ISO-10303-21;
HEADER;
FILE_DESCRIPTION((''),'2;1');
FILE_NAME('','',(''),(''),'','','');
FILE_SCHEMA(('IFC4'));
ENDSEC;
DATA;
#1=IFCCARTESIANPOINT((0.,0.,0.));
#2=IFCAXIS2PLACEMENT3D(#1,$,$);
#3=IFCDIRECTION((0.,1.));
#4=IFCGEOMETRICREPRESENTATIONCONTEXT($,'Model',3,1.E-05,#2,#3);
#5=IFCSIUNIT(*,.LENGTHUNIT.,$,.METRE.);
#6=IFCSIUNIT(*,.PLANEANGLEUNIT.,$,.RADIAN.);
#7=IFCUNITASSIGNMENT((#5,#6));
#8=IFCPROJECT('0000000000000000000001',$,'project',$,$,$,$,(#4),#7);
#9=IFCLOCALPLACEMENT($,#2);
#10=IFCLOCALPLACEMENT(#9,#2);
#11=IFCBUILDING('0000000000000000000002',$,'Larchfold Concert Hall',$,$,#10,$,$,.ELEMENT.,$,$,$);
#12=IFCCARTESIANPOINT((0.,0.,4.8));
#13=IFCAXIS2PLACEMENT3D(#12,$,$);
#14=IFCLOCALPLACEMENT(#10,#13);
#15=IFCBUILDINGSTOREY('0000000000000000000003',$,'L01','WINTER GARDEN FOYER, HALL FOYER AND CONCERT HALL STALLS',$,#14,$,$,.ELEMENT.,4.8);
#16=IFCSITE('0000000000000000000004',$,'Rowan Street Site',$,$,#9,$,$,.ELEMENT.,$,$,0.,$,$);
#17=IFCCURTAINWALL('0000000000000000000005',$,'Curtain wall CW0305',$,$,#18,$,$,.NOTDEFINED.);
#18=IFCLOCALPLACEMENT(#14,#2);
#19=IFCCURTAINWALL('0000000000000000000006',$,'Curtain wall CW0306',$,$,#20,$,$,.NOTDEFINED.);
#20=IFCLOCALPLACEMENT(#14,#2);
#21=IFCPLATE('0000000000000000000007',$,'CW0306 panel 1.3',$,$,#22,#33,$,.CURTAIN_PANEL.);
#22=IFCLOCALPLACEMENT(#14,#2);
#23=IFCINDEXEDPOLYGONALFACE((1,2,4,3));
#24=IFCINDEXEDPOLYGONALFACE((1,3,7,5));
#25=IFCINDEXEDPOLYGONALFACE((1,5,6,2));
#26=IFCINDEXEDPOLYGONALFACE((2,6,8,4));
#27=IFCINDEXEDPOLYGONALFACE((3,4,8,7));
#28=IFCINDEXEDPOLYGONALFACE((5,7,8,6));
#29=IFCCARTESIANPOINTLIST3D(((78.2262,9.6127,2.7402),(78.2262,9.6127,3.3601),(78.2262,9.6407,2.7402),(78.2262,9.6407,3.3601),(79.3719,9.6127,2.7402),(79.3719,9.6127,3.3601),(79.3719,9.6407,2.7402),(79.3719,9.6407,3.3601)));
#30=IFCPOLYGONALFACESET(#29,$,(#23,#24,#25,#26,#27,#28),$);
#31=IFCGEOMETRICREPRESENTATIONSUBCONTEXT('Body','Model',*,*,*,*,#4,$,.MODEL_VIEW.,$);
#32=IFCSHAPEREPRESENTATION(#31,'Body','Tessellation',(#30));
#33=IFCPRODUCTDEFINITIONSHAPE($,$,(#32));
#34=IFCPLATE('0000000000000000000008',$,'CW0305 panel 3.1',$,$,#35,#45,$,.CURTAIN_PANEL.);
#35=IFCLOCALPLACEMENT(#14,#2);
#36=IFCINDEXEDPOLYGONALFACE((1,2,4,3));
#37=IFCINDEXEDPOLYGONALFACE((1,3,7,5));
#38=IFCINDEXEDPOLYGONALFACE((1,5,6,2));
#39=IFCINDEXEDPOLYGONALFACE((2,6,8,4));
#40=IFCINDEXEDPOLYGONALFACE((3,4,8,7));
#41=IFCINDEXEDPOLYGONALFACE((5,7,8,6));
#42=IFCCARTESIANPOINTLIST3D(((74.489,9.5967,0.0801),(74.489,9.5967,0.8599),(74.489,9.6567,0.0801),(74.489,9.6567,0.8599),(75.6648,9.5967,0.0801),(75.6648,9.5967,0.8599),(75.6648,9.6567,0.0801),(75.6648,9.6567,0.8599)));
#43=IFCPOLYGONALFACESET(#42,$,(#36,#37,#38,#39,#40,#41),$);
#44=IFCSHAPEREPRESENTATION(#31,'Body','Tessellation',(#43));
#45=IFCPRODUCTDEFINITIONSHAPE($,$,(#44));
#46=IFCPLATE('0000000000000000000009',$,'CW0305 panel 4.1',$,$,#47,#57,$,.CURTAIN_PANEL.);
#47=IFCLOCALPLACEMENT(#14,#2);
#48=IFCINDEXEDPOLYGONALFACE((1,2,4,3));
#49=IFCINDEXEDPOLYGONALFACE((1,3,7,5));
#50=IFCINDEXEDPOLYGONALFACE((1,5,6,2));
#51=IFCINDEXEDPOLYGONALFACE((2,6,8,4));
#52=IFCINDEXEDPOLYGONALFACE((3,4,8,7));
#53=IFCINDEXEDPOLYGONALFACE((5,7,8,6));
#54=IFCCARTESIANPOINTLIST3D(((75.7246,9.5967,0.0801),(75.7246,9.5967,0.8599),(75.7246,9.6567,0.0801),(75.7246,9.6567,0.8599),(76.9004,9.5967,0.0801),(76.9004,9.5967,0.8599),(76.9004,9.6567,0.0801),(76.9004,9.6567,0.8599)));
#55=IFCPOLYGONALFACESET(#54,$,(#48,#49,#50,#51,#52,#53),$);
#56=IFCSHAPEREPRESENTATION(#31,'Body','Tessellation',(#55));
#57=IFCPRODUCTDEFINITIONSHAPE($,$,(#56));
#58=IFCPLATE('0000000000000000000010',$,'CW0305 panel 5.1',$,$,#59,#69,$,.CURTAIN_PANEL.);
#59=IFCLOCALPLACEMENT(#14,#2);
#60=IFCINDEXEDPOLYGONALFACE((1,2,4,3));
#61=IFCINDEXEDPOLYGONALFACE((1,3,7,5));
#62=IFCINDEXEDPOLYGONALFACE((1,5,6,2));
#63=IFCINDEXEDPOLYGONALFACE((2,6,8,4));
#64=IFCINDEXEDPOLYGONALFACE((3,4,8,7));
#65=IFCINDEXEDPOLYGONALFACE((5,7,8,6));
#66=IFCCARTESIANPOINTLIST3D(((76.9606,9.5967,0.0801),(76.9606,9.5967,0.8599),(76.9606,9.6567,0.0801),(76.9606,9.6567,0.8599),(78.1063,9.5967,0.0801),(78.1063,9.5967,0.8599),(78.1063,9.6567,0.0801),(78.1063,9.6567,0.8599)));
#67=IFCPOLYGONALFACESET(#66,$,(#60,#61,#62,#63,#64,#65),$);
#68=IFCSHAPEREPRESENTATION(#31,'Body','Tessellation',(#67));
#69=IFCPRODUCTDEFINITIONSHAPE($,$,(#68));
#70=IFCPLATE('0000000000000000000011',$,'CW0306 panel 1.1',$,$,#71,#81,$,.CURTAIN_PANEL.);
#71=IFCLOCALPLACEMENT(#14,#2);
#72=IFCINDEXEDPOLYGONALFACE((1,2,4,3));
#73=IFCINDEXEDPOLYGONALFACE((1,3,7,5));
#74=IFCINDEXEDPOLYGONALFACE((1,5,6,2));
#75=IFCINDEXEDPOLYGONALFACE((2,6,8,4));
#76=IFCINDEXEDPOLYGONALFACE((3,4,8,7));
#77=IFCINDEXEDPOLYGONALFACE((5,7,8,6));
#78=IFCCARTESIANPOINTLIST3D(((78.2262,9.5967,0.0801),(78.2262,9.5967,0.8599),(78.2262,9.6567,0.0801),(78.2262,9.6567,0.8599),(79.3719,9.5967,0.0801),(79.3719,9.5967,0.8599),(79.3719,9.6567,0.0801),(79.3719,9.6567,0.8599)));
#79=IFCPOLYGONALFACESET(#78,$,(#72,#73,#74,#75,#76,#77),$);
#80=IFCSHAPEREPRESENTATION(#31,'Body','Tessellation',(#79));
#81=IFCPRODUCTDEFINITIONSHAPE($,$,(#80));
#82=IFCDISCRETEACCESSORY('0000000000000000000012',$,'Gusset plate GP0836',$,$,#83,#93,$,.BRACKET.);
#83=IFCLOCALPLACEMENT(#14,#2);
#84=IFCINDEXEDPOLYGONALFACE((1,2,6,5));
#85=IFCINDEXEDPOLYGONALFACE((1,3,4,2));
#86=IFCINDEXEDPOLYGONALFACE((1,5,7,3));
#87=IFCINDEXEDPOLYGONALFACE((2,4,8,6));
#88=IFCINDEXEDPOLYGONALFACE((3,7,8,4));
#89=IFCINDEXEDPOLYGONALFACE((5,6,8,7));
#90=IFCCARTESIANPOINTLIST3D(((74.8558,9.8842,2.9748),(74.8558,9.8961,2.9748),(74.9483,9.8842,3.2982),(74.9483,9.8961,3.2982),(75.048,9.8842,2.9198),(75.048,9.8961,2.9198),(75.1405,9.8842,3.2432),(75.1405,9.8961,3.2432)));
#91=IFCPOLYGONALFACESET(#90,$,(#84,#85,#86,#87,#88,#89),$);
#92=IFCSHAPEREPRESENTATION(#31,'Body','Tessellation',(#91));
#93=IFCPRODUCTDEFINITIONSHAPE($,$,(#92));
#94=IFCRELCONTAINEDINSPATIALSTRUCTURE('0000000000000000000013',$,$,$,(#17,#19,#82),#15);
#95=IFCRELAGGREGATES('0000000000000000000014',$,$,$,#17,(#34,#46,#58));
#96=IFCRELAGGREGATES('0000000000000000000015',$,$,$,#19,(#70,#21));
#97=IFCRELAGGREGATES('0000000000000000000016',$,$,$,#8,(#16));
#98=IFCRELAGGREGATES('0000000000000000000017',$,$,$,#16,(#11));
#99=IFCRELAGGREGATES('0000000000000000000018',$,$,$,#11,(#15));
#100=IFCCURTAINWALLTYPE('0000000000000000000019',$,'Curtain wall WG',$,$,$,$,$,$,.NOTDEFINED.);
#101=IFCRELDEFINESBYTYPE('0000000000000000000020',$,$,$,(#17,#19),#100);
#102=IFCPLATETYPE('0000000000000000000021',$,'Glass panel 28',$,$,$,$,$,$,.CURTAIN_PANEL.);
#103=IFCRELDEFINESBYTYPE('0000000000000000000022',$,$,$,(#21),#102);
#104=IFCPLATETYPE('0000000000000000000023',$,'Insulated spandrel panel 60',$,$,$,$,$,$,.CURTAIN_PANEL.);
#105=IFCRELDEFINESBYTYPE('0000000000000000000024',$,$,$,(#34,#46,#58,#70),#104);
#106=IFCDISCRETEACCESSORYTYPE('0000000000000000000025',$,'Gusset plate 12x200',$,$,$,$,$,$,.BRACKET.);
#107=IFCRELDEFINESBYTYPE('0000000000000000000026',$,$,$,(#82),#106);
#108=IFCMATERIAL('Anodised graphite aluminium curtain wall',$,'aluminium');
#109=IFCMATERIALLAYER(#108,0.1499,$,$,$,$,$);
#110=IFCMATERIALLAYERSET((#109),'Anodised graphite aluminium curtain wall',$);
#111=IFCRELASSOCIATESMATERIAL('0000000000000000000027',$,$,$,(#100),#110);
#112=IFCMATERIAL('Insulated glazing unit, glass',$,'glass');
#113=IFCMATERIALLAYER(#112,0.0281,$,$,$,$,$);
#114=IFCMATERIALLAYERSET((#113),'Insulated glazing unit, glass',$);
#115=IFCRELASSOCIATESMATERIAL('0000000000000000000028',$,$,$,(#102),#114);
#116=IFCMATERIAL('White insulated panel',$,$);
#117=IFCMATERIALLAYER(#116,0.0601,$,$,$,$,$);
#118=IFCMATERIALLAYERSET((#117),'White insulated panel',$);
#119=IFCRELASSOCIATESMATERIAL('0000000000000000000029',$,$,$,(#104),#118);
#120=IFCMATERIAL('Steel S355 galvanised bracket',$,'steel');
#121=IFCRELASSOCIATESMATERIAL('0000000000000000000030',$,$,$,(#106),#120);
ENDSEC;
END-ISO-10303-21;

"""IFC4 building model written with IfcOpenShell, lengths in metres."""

from ifc_helpers import new_model, si_unit, direction, frame, origin, origin_2d, place, context, subcontext, project, spatial, rectangle, extrude, material, layer, layer_set, material_profile, profile_set, type_object, element, aggregate, save


model = new_model("IFC4")

# Units and contexts
model_context = context("Model", 3, precision=1e-05, world=origin(), true_north=direction((0.0, 1.0)))
body_context = subcontext(model_context, "Body", "Model", "MODEL_VIEW")
ifc_project = project(units=[si_unit("LENGTHUNIT", "METRE"), si_unit("PLANEANGLEUNIT", "RADIAN")], contexts=[model_context])

# Site, building, storey
site_placement = place(None, origin())
site = spatial("IfcSite", under=ifc_project, at=site_placement, Name="Rowan Street Site", CompositionType="ELEMENT", RefElevation=0.0)
building_placement = place(site_placement, origin())
building = spatial("IfcBuilding", under=site, at=building_placement, Name="Larchfold Concert Hall", CompositionType="ELEMENT")
storey_placement = place(building_placement, frame((0.0, 0.0, 4.8)))
storey = spatial("IfcBuildingStorey", under=building, at=storey_placement, Name="L01", Description="WINTER GARDEN FOYER, HALL FOYER AND CONCERT HALL STALLS", CompositionType="ELEMENT", Elevation=4.8)

# Curtain wall
ifc_material_1 = material(Name="Anodised graphite aluminium curtain wall", Category="aluminium")
ifc_layer_1 = layer(ifc_material_1, 0.1499)
ifc_layer_set_1 = layer_set([ifc_layer_1], Name="Anodised graphite aluminium curtain wall")
curtain_wall_type = type_object("IfcCurtainWallType", Name="Curtain wall WG", PredefinedType="NOTDEFINED", material=ifc_layer_set_1)
curtain_wall_1_placement = place(storey_placement, origin())
curtain_wall_1 = element("IfcCurtainWall", 1, at=curtain_wall_1_placement, inside=storey, type_object=curtain_wall_type, Name="Curtain wall CW0305", PredefinedType="NOTDEFINED")

# Curtain wall
curtain_wall_2_placement = place(storey_placement, origin())
curtain_wall_2 = element("IfcCurtainWall", 2, at=curtain_wall_2_placement, inside=storey, type_object=curtain_wall_type, Name="Curtain wall CW0306", PredefinedType="NOTDEFINED")

# Plates
ifc_material_2 = material(Name="Insulated glazing unit, glass", Category="glass")
ifc_layer_2 = layer(ifc_material_2, 0.0281)
ifc_layer_set_2 = layer_set([ifc_layer_2], Name="Insulated glazing unit, glass")
plate_type_1 = type_object("IfcPlateType", Name="Glass panel 28", PredefinedType="CURTAIN_PANEL", material=ifc_layer_set_2)
plate_1_placement = place(storey_placement, frame((78.7991, 9.6267, 2.7402), z_axis=(0.0, 0.0, 1.0), x_axis=(1.0, 0.0, 0.0)))
plate_1 = element("IfcPlate", 3, at=plate_1_placement, type_object=plate_type_1, Name="CW0306 panel 1.3", PredefinedType="CURTAIN_PANEL", context=body_context, shape_type="SweptSolid", body=[
    extrude(rectangle(XDim=1.1458, YDim=0.0281, at=origin_2d()), origin(), (0.0, 0.0, 1.0), 0.6199),
])
ifc_material_3 = material(Name="White insulated panel")
ifc_layer_3 = layer(ifc_material_3, 0.0601)
ifc_layer_set_3 = layer_set([ifc_layer_3], Name="White insulated panel")
plate_type_2 = type_object("IfcPlateType", Name="Insulated spandrel panel 60", PredefinedType="CURTAIN_PANEL", material=ifc_layer_set_3)
plate_2_placement = place(storey_placement, frame((75.0769, 9.6267, 0.0801), z_axis=(0.0, 0.0, 1.0), x_axis=(1.0, 0.0, 0.0)))
plate_2 = element("IfcPlate", 4, at=plate_2_placement, type_object=plate_type_2, Name="CW0305 panel 3.1", PredefinedType="CURTAIN_PANEL", context=body_context, shape_type="SweptSolid", body=[
    extrude(rectangle(XDim=1.1758, YDim=0.0601, at=origin_2d()), origin(), (0.0, 0.0, 1.0), 0.7798),
])
plate_3_placement = place(storey_placement, frame((76.3125, 9.6267, 0.0801), z_axis=(0.0, 0.0, 1.0), x_axis=(1.0, 0.0, 0.0)))
plate_3 = element("IfcPlate", 5, at=plate_3_placement, type_object=plate_type_2, Name="CW0305 panel 4.1", PredefinedType="CURTAIN_PANEL", context=body_context, shape_type="SweptSolid", body=[
    extrude(rectangle(XDim=1.1758, YDim=0.0601, at=origin_2d()), origin(), (0.0, 0.0, 1.0), 0.7798),
])
plate_4_placement = place(storey_placement, frame((77.5334, 9.6267, 0.0801), z_axis=(0.0, 0.0, 1.0), x_axis=(1.0, 0.0, 0.0)))
plate_4 = element("IfcPlate", 6, at=plate_4_placement, type_object=plate_type_2, Name="CW0305 panel 5.1", PredefinedType="CURTAIN_PANEL", context=body_context, shape_type="SweptSolid", body=[
    extrude(rectangle(XDim=1.1458, YDim=0.0601, at=origin_2d()), origin(), (0.0, 0.0, 1.0), 0.7798),
])
aggregate(curtain_wall_1, [plate_2, plate_3, plate_4])
plate_5_placement = place(storey_placement, frame((78.7991, 9.6267, 0.0801), z_axis=(0.0, 0.0, 1.0), x_axis=(1.0, 0.0, 0.0)))
plate_5 = element("IfcPlate", 7, at=plate_5_placement, type_object=plate_type_2, Name="CW0306 panel 1.1", PredefinedType="CURTAIN_PANEL", context=body_context, shape_type="SweptSolid", body=[
    extrude(rectangle(XDim=1.1458, YDim=0.0601, at=origin_2d()), origin(), (0.0, 0.0, 1.0), 0.7798),
])
aggregate(curtain_wall_2, [plate_5, plate_1])

# Discrete accessory
ifc_material_4 = material(Name="Steel S355 galvanised bracket", Category="steel")
ifc_material_profile_1 = material_profile(ifc_material_4, rectangle(XDim=0.012, YDim=0.2, at=origin_2d()))
ifc_profile_set_1 = profile_set([ifc_material_profile_1], Name="Steel S355 galvanised bracket")
discrete_accessory_type = type_object("IfcDiscreteAccessoryType", Name="Gusset plate 12x200", PredefinedType="BRACKET", material=ifc_profile_set_1)
discrete_accessory_placement = place(storey_placement, frame((74.9519, 9.8901, 2.9473), z_axis=(0.275009, 0.0, 0.961442), x_axis=(0.0, 1.0, 0.0)))
element("IfcDiscreteAccessory", 8, at=discrete_accessory_placement, inside=storey, type_object=discrete_accessory_type, Name="Gusset plate GP0836", PredefinedType="BRACKET", context=body_context, shape_type="SweptSolid", body=[
    extrude(rectangle(XDim=0.012, YDim=0.2, at=origin_2d()), origin(), (0.0, 0.0, 1.0), 0.3364),
])

save(model, "model.ifc")
